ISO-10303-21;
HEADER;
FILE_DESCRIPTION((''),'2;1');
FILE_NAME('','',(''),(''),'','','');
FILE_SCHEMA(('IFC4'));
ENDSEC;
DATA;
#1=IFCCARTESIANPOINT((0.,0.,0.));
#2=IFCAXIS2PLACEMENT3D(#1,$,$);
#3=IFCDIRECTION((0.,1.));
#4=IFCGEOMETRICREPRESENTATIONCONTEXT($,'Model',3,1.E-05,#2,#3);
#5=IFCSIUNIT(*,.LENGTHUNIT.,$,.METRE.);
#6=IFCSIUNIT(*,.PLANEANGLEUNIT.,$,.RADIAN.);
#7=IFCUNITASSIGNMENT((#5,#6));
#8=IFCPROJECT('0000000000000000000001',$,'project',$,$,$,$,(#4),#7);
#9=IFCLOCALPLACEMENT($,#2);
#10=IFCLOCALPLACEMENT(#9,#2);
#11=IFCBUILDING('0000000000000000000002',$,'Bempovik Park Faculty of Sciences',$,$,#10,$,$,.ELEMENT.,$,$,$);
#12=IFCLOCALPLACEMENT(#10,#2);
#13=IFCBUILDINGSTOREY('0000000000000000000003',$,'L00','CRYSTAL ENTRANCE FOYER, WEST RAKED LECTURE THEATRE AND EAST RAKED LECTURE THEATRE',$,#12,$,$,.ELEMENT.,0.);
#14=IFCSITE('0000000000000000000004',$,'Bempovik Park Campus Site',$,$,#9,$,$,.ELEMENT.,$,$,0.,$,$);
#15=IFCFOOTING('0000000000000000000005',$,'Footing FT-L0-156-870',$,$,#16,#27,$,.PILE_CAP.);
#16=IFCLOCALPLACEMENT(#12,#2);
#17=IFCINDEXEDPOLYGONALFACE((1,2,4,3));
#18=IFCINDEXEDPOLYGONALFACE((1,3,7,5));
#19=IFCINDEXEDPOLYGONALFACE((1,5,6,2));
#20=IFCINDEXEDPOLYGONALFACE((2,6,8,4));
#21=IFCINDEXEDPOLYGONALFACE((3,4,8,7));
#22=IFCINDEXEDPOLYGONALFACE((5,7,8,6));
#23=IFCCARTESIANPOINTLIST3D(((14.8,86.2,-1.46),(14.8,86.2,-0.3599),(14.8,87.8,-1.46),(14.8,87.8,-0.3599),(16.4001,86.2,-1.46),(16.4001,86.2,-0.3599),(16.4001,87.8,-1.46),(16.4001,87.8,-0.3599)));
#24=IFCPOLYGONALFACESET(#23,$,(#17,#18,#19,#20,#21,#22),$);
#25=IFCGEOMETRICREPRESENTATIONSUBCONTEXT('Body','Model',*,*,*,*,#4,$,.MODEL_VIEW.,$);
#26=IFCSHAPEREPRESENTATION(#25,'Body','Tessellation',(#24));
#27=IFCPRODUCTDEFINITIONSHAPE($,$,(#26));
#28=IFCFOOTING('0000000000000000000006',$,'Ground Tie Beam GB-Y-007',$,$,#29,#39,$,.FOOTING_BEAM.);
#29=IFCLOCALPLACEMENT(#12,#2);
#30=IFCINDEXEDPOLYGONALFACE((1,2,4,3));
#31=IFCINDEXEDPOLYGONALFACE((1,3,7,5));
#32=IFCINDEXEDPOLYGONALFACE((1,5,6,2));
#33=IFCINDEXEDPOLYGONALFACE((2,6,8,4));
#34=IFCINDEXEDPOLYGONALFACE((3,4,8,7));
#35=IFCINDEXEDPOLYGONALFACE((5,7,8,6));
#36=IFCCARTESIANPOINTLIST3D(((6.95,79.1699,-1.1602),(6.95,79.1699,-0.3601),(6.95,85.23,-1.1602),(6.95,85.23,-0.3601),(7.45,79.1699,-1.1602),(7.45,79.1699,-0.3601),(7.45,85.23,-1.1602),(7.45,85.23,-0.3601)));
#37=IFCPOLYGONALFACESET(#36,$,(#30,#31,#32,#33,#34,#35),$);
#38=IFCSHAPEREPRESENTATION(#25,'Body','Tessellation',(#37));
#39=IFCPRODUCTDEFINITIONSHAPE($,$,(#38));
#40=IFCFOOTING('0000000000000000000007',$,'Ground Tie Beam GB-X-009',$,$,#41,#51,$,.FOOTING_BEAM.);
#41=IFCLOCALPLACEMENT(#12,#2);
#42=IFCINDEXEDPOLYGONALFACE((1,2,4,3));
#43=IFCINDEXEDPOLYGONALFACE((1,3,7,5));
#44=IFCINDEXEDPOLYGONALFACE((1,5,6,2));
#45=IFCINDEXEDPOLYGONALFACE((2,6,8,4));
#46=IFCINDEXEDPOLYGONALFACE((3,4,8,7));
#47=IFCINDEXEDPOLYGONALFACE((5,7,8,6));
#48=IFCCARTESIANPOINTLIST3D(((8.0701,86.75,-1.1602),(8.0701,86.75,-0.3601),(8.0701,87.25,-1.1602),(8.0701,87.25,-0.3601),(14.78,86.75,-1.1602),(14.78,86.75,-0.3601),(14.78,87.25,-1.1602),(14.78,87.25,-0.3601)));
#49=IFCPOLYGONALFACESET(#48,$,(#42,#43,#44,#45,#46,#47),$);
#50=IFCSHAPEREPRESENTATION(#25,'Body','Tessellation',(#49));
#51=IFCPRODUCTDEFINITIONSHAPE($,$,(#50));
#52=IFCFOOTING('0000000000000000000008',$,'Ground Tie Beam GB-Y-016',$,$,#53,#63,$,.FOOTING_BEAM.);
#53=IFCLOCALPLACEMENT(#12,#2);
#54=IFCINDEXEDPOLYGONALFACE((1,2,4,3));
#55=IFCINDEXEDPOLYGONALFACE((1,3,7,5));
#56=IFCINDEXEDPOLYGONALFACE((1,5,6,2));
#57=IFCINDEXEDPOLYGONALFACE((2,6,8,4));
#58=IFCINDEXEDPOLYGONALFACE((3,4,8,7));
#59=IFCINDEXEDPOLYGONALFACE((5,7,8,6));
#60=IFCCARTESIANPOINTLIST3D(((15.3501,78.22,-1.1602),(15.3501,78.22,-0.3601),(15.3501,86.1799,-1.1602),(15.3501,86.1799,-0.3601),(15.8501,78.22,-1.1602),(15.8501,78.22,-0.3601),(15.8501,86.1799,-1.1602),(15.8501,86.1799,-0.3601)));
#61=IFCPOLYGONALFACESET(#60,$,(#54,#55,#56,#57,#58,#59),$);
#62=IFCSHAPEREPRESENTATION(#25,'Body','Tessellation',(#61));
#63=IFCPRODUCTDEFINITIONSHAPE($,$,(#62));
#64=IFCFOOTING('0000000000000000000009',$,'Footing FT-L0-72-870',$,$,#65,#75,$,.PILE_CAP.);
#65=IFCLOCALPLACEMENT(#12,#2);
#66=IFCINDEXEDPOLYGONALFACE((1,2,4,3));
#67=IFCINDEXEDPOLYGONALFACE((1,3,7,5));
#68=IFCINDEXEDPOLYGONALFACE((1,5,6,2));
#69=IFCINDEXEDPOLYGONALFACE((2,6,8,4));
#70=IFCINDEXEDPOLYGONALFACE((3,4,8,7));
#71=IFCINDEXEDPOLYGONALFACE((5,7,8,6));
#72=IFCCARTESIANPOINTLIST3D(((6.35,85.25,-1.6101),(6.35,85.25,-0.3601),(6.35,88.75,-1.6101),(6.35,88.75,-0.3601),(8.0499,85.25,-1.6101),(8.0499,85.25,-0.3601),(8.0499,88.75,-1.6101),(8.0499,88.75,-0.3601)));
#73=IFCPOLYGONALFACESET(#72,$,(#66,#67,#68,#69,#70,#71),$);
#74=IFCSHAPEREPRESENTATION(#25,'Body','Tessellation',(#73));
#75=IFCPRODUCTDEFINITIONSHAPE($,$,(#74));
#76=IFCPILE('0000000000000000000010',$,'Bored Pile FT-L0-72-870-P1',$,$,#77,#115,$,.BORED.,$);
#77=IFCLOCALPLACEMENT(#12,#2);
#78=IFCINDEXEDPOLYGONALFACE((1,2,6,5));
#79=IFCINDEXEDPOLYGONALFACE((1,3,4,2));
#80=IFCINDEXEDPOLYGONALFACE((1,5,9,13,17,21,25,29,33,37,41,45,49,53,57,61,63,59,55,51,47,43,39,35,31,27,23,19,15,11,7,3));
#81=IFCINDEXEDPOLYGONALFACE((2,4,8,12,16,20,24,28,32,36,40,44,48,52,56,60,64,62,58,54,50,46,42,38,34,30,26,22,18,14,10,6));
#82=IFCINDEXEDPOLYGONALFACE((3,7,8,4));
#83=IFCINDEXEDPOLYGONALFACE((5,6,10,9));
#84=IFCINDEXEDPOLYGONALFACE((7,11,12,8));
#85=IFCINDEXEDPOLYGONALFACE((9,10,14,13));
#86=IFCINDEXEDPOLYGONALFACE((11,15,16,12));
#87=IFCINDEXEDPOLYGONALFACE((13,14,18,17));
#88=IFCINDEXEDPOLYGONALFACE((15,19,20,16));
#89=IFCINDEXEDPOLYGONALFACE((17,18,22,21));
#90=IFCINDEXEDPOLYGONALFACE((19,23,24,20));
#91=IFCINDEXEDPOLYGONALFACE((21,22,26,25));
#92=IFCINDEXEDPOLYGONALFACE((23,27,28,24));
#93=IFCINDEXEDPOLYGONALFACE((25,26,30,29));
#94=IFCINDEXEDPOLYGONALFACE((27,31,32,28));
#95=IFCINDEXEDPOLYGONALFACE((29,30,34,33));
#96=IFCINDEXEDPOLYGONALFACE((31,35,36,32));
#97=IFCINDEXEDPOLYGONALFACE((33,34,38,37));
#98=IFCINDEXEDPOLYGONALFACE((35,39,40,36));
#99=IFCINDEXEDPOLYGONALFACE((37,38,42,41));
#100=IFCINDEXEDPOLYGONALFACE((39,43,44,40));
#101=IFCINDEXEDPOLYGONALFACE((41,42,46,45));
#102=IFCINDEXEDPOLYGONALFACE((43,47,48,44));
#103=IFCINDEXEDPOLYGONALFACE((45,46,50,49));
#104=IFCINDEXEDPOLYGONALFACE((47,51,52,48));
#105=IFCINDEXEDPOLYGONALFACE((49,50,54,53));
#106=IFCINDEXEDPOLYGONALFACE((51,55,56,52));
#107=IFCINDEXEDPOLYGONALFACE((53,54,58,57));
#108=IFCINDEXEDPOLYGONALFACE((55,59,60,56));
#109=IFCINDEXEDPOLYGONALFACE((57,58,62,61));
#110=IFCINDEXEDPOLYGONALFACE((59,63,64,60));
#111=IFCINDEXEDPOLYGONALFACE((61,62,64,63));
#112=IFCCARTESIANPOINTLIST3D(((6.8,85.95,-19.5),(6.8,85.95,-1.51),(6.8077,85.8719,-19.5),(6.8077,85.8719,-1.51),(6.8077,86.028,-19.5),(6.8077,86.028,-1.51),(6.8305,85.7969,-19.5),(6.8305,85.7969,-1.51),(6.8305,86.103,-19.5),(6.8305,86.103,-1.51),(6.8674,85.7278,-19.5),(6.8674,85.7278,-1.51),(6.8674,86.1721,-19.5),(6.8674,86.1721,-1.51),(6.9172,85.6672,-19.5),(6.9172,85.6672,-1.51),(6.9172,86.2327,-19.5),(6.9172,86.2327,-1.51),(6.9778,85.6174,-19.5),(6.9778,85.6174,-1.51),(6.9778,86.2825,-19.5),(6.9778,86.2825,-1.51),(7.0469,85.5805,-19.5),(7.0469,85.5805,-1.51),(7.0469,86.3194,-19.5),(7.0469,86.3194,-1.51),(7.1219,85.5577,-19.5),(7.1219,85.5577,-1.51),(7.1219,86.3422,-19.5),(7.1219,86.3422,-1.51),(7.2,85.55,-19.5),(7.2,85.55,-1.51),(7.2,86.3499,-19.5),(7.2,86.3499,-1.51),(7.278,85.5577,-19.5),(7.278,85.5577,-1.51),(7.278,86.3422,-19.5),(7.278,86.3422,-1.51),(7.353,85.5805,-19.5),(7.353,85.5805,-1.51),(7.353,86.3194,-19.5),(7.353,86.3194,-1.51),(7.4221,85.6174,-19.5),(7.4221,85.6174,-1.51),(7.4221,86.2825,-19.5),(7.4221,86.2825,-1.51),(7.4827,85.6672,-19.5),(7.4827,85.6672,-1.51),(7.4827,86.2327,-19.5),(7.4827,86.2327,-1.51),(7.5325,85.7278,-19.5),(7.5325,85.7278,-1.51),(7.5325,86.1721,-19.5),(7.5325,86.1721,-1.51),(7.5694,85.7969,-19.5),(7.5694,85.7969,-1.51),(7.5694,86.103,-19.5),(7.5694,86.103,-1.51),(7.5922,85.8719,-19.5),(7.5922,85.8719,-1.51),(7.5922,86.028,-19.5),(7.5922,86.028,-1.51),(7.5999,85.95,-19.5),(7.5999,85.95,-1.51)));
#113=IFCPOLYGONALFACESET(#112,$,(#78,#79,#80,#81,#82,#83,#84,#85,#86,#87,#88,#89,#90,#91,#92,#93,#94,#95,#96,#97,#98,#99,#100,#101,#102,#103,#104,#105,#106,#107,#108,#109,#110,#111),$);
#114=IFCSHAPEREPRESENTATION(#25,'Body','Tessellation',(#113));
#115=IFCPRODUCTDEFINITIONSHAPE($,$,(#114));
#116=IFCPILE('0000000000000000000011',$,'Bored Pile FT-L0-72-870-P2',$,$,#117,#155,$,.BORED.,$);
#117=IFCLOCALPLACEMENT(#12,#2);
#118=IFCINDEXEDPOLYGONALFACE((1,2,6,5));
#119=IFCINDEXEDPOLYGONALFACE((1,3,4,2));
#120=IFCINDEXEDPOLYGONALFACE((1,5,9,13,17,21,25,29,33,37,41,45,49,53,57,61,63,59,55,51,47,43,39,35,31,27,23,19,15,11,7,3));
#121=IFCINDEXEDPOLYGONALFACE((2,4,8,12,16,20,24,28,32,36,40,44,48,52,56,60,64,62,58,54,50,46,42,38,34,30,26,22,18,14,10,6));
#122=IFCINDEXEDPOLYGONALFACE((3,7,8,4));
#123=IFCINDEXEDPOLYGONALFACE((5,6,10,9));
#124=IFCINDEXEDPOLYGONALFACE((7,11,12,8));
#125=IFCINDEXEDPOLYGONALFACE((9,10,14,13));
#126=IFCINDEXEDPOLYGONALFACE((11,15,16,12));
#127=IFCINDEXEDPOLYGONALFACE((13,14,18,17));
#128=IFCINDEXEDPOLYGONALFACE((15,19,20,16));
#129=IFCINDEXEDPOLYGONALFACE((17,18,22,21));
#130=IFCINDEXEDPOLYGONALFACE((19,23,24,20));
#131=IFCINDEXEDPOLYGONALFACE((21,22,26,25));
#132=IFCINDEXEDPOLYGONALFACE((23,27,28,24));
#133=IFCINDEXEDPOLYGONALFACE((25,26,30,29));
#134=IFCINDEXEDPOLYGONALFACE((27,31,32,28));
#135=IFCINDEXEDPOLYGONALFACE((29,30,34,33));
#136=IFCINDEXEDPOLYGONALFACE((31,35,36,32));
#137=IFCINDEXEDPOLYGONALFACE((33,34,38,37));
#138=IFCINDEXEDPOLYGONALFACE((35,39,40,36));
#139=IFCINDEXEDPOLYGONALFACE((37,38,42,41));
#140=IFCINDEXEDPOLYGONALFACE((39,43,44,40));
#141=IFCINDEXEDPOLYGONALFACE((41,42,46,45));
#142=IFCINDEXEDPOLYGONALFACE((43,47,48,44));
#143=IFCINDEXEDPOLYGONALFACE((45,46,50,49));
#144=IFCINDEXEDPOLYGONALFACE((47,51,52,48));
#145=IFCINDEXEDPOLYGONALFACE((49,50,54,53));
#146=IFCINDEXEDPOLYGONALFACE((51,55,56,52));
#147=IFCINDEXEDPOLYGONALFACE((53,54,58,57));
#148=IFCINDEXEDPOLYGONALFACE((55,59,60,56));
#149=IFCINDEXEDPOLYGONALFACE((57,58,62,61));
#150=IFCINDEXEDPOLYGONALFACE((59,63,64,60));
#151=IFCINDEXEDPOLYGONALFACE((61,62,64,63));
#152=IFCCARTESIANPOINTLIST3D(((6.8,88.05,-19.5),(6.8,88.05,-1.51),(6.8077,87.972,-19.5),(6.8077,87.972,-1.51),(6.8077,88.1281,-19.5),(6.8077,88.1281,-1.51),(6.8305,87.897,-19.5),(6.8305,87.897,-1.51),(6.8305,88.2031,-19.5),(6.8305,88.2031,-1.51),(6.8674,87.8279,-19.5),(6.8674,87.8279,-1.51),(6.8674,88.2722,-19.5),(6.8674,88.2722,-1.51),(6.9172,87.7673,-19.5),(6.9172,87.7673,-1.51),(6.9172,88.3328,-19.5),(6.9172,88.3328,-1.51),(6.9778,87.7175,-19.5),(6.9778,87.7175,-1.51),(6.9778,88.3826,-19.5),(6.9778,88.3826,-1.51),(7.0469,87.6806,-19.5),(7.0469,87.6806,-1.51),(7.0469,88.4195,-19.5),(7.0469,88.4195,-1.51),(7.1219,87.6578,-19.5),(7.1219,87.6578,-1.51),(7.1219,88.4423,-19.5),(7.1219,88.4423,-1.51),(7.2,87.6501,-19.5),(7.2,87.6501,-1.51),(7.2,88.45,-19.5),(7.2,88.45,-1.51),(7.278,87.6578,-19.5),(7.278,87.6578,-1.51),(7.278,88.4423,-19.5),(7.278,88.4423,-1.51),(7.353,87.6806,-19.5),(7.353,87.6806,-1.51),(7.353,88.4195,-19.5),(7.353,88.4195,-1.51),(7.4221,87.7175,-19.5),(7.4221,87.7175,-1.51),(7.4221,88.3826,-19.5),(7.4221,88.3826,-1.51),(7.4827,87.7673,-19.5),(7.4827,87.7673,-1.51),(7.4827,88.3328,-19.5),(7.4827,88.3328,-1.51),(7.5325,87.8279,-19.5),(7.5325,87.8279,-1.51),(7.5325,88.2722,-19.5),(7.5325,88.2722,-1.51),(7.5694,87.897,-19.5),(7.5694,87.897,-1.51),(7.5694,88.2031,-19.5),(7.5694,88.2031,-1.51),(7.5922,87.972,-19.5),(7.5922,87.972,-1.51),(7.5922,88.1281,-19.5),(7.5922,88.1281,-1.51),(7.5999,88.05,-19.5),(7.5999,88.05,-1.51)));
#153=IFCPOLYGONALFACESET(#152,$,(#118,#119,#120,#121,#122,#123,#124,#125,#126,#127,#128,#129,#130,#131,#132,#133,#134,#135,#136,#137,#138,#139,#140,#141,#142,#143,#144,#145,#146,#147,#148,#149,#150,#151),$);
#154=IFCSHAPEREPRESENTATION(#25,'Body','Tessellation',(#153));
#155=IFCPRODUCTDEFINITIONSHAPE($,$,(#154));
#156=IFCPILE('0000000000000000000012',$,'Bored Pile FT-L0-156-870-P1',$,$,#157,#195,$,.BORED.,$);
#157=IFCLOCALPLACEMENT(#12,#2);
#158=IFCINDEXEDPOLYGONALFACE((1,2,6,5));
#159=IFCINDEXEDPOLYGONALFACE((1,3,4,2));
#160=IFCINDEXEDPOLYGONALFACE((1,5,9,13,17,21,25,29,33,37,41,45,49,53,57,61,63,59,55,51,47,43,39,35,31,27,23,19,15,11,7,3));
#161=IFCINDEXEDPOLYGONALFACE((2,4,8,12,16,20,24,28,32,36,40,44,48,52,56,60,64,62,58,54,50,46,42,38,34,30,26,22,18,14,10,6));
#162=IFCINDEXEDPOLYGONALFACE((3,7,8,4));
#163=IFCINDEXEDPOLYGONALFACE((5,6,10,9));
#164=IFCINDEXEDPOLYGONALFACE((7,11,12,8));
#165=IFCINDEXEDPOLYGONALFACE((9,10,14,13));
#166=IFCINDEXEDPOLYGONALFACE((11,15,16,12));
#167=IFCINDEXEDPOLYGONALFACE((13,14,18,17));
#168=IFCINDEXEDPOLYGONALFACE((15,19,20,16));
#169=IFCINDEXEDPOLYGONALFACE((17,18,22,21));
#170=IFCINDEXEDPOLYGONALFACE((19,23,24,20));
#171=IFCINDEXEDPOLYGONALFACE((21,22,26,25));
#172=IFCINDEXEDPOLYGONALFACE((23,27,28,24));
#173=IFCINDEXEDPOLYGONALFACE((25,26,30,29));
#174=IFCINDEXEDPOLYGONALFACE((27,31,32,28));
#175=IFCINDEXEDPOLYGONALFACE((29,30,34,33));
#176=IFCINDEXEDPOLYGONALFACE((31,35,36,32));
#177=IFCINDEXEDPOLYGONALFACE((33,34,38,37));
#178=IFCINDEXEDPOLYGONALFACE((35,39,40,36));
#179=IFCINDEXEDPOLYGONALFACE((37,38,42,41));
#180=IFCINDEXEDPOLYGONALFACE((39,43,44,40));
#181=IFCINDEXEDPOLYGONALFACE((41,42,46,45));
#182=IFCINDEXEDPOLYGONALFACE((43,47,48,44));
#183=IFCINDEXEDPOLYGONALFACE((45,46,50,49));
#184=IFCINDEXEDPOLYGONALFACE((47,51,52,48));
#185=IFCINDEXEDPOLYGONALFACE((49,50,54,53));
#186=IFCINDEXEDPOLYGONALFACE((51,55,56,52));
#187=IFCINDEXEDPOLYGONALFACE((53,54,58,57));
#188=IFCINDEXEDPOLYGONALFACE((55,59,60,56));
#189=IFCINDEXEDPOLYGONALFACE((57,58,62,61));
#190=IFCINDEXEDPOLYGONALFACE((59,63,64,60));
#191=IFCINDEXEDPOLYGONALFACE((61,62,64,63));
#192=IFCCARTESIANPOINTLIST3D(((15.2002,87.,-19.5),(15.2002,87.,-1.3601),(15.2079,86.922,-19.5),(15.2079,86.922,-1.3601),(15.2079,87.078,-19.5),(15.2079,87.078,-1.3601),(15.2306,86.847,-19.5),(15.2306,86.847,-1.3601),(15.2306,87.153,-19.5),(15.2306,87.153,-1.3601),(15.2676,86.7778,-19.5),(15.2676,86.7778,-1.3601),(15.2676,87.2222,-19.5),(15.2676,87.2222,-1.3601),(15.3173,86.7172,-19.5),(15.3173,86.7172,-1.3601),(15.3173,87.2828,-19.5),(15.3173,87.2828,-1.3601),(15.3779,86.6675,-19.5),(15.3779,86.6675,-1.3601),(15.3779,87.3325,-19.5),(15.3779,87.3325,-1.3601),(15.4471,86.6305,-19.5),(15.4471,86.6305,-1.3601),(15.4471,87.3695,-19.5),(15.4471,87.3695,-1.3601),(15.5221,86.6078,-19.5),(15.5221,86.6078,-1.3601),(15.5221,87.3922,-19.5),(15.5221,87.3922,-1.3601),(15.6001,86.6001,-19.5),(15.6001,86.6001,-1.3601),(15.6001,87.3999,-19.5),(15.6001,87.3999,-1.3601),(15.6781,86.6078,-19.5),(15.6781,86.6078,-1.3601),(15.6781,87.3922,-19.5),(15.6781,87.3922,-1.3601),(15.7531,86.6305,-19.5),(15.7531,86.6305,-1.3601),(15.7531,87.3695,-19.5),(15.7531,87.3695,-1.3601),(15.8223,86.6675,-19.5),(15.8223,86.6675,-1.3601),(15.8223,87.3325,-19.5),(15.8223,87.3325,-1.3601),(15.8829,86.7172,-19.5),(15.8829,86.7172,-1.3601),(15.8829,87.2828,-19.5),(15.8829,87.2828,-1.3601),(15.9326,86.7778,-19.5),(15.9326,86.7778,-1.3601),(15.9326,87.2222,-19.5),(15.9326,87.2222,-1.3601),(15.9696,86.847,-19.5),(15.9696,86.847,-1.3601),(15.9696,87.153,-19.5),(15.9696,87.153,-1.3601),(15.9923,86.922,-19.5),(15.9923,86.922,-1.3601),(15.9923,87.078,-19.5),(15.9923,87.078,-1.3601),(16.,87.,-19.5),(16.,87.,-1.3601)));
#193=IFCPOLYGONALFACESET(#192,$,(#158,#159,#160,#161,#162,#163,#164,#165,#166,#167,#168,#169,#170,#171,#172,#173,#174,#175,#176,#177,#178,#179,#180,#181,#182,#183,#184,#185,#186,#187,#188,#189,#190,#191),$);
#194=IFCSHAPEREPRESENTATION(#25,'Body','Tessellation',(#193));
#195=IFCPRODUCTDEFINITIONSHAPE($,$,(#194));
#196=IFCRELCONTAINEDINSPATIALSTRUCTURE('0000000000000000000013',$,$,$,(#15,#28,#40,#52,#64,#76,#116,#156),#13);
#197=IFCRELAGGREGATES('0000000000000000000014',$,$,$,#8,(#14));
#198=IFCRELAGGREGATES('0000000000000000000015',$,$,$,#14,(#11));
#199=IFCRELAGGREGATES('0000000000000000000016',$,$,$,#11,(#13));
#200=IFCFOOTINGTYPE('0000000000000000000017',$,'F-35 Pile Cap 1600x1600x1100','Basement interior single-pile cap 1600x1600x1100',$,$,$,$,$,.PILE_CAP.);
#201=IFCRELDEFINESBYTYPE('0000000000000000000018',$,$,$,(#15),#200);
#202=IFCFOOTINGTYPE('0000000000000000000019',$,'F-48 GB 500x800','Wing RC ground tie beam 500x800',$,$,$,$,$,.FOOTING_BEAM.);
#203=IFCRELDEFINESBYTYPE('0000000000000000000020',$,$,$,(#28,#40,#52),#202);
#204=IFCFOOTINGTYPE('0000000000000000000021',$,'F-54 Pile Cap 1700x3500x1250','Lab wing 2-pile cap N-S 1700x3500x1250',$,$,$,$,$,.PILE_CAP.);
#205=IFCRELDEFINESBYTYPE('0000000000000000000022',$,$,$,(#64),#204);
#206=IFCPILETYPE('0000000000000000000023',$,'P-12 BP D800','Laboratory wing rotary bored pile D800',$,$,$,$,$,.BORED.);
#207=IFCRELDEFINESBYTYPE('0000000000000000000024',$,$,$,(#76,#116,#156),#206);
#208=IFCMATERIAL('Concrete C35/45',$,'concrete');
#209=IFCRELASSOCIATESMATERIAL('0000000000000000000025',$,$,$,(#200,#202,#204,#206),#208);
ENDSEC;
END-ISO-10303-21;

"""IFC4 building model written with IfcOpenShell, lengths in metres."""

from ifc_helpers import new_model, si_unit, direction, frame, origin, origin_2d, place, context, subcontext, project, spatial, rectangle, circle, extrude, material, material_profile, profile_set, type_object, element, save


model = new_model("IFC4")

# Units and contexts
model_context = context("Model", 3, precision=1e-05, world=origin(), true_north=direction((0.0, 1.0)))
body_context = subcontext(model_context, "Body", "Model", "MODEL_VIEW")
ifc_project = project(units=[si_unit("LENGTHUNIT", "METRE"), si_unit("PLANEANGLEUNIT", "RADIAN")], contexts=[model_context])

# Site, building, storey
site_placement = place(None, origin())
site = spatial("IfcSite", under=ifc_project, at=site_placement, Name="Bempovik Park Campus Site", CompositionType="ELEMENT", RefElevation=0.0)
building_placement = place(site_placement, origin())
building = spatial("IfcBuilding", under=site, at=building_placement, Name="Bempovik Park Faculty of Sciences", CompositionType="ELEMENT")
storey_placement = place(building_placement, origin())
storey = spatial("IfcBuildingStorey", under=building, at=storey_placement, Name="L00", Description="CRYSTAL ENTRANCE FOYER, WEST RAKED LECTURE THEATRE AND EAST RAKED LECTURE THEATRE", CompositionType="ELEMENT", Elevation=0.0)

# Footings
ifc_material_1 = material(Name="Concrete C35/45", Category="concrete")
footing_type_1 = type_object("IfcFootingType", Name="F-35 Pile Cap 1600x1600x1100", Description="Basement interior single-pile cap 1600x1600x1100", PredefinedType="PILE_CAP", material=ifc_material_1)
footing_1_placement = place(storey_placement, frame((15.6001, 87.0, -1.46), z_axis=(0.0, 0.0, 1.0), x_axis=(1.0, 0.0, 0.0)))
element("IfcFooting", 1, at=footing_1_placement, inside=storey, type_object=footing_type_1, Name="Footing FT-L0-156-870", PredefinedType="PILE_CAP", context=body_context, shape_type="SweptSolid", body=[
    extrude(rectangle(XDim=1.6001, YDim=1.6001, at=origin_2d()), origin(), (0.0, 0.0, 1.0), 1.1001),
])
footing_type_2 = type_object("IfcFootingType", Name="F-48 GB 500x800", Description="Wing RC ground tie beam 500x800", PredefinedType="FOOTING_BEAM", material=ifc_material_1)
footing_2_placement = place(storey_placement, frame((7.2, 82.2, -1.1602), z_axis=(0.0, 0.0, 1.0), x_axis=(1.0, 0.0, 0.0)))
element("IfcFooting", 2, at=footing_2_placement, inside=storey, type_object=footing_type_2, Name="Ground Tie Beam GB-Y-007", PredefinedType="FOOTING_BEAM", context=body_context, shape_type="SweptSolid", body=[
    extrude(rectangle(XDim=0.5, YDim=6.0601, at=origin_2d()), origin(), (0.0, 0.0, 1.0), 0.8),
])
footing_3_placement = place(storey_placement, frame((11.425, 87.0, -1.1602), z_axis=(0.0, 0.0, 1.0), x_axis=(1.0, 0.0, 0.0)))
element("IfcFooting", 3, at=footing_3_placement, inside=storey, type_object=footing_type_2, Name="Ground Tie Beam GB-X-009", PredefinedType="FOOTING_BEAM", context=body_context, shape_type="SweptSolid", body=[
    extrude(rectangle(XDim=6.71, YDim=0.5, at=origin_2d()), origin(), (0.0, 0.0, 1.0), 0.8),
])
footing_4_placement = place(storey_placement, frame((15.6001, 82.2, -1.1602), z_axis=(0.0, 0.0, 1.0), x_axis=(1.0, 0.0, 0.0)))
element("IfcFooting", 4, at=footing_4_placement, inside=storey, type_object=footing_type_2, Name="Ground Tie Beam GB-Y-016", PredefinedType="FOOTING_BEAM", context=body_context, shape_type="SweptSolid", body=[
    extrude(rectangle(XDim=0.5, YDim=7.96, at=origin_2d()), origin(), (0.0, 0.0, 1.0), 0.8),
])
footing_type_3 = type_object("IfcFootingType", Name="F-54 Pile Cap 1700x3500x1250", Description="Lab wing 2-pile cap N-S 1700x3500x1250", PredefinedType="PILE_CAP", material=ifc_material_1)
footing_5_placement = place(storey_placement, frame((7.2, 87.0, -1.6101), z_axis=(0.0, 0.0, 1.0), x_axis=(1.0, 0.0, 0.0)))
element("IfcFooting", 5, at=footing_5_placement, inside=storey, type_object=footing_type_3, Name="Footing FT-L0-72-870", PredefinedType="PILE_CAP", context=body_context, shape_type="SweptSolid", body=[
    extrude(rectangle(XDim=1.7, YDim=3.5, at=origin_2d()), origin(), (0.0, 0.0, 1.0), 1.25),
])

# Piles
ifc_material_profile_1 = material_profile(ifc_material_1, circle(Radius=0.3999, at=origin_2d()), Name="BP D800")
ifc_profile_set_1 = profile_set([ifc_material_profile_1], Name="Concrete C35/45")
pile_type = type_object("IfcPileType", Name="P-12 BP D800", Description="Laboratory wing rotary bored pile D800", PredefinedType="BORED", material=ifc_profile_set_1)
for number, where, z_axis, x_axis, name in (
    (6, (7.2, 85.95, -1.51), (0.0, 0.0, -1.0), (1.0, 0.0, 0.0), "Bored Pile FT-L0-72-870-P1"),
    (7, (7.2, 88.05, -1.51), (0.0, 0.0, -1.0), (1.0, 0.0, 0.0), "Bored Pile FT-L0-72-870-P2"),
):
    element("IfcPile", number, at=place(storey_placement, frame(where, z_axis=z_axis, x_axis=x_axis)), inside=storey, type_object=pile_type, Name=name, PredefinedType="BORED", context=body_context, shape_type="SweptSolid", body=[
        extrude(circle(Radius=0.3999, at=origin_2d()), origin(), (0.0, 0.0, 1.0), 17.99),
    ])
pile_placement = place(storey_placement, frame((15.6001, 87.0, -1.3601), z_axis=(0.0, 0.0, -1.0), x_axis=(1.0, 0.0, 0.0)))
element("IfcPile", 8, at=pile_placement, inside=storey, type_object=pile_type, Name="Bored Pile FT-L0-156-870-P1", PredefinedType="BORED", context=body_context, shape_type="SweptSolid", body=[
    extrude(circle(Radius=0.3999, at=origin_2d()), origin(), (0.0, 0.0, 1.0), 18.1399),
])

save(model, "model.ifc")
